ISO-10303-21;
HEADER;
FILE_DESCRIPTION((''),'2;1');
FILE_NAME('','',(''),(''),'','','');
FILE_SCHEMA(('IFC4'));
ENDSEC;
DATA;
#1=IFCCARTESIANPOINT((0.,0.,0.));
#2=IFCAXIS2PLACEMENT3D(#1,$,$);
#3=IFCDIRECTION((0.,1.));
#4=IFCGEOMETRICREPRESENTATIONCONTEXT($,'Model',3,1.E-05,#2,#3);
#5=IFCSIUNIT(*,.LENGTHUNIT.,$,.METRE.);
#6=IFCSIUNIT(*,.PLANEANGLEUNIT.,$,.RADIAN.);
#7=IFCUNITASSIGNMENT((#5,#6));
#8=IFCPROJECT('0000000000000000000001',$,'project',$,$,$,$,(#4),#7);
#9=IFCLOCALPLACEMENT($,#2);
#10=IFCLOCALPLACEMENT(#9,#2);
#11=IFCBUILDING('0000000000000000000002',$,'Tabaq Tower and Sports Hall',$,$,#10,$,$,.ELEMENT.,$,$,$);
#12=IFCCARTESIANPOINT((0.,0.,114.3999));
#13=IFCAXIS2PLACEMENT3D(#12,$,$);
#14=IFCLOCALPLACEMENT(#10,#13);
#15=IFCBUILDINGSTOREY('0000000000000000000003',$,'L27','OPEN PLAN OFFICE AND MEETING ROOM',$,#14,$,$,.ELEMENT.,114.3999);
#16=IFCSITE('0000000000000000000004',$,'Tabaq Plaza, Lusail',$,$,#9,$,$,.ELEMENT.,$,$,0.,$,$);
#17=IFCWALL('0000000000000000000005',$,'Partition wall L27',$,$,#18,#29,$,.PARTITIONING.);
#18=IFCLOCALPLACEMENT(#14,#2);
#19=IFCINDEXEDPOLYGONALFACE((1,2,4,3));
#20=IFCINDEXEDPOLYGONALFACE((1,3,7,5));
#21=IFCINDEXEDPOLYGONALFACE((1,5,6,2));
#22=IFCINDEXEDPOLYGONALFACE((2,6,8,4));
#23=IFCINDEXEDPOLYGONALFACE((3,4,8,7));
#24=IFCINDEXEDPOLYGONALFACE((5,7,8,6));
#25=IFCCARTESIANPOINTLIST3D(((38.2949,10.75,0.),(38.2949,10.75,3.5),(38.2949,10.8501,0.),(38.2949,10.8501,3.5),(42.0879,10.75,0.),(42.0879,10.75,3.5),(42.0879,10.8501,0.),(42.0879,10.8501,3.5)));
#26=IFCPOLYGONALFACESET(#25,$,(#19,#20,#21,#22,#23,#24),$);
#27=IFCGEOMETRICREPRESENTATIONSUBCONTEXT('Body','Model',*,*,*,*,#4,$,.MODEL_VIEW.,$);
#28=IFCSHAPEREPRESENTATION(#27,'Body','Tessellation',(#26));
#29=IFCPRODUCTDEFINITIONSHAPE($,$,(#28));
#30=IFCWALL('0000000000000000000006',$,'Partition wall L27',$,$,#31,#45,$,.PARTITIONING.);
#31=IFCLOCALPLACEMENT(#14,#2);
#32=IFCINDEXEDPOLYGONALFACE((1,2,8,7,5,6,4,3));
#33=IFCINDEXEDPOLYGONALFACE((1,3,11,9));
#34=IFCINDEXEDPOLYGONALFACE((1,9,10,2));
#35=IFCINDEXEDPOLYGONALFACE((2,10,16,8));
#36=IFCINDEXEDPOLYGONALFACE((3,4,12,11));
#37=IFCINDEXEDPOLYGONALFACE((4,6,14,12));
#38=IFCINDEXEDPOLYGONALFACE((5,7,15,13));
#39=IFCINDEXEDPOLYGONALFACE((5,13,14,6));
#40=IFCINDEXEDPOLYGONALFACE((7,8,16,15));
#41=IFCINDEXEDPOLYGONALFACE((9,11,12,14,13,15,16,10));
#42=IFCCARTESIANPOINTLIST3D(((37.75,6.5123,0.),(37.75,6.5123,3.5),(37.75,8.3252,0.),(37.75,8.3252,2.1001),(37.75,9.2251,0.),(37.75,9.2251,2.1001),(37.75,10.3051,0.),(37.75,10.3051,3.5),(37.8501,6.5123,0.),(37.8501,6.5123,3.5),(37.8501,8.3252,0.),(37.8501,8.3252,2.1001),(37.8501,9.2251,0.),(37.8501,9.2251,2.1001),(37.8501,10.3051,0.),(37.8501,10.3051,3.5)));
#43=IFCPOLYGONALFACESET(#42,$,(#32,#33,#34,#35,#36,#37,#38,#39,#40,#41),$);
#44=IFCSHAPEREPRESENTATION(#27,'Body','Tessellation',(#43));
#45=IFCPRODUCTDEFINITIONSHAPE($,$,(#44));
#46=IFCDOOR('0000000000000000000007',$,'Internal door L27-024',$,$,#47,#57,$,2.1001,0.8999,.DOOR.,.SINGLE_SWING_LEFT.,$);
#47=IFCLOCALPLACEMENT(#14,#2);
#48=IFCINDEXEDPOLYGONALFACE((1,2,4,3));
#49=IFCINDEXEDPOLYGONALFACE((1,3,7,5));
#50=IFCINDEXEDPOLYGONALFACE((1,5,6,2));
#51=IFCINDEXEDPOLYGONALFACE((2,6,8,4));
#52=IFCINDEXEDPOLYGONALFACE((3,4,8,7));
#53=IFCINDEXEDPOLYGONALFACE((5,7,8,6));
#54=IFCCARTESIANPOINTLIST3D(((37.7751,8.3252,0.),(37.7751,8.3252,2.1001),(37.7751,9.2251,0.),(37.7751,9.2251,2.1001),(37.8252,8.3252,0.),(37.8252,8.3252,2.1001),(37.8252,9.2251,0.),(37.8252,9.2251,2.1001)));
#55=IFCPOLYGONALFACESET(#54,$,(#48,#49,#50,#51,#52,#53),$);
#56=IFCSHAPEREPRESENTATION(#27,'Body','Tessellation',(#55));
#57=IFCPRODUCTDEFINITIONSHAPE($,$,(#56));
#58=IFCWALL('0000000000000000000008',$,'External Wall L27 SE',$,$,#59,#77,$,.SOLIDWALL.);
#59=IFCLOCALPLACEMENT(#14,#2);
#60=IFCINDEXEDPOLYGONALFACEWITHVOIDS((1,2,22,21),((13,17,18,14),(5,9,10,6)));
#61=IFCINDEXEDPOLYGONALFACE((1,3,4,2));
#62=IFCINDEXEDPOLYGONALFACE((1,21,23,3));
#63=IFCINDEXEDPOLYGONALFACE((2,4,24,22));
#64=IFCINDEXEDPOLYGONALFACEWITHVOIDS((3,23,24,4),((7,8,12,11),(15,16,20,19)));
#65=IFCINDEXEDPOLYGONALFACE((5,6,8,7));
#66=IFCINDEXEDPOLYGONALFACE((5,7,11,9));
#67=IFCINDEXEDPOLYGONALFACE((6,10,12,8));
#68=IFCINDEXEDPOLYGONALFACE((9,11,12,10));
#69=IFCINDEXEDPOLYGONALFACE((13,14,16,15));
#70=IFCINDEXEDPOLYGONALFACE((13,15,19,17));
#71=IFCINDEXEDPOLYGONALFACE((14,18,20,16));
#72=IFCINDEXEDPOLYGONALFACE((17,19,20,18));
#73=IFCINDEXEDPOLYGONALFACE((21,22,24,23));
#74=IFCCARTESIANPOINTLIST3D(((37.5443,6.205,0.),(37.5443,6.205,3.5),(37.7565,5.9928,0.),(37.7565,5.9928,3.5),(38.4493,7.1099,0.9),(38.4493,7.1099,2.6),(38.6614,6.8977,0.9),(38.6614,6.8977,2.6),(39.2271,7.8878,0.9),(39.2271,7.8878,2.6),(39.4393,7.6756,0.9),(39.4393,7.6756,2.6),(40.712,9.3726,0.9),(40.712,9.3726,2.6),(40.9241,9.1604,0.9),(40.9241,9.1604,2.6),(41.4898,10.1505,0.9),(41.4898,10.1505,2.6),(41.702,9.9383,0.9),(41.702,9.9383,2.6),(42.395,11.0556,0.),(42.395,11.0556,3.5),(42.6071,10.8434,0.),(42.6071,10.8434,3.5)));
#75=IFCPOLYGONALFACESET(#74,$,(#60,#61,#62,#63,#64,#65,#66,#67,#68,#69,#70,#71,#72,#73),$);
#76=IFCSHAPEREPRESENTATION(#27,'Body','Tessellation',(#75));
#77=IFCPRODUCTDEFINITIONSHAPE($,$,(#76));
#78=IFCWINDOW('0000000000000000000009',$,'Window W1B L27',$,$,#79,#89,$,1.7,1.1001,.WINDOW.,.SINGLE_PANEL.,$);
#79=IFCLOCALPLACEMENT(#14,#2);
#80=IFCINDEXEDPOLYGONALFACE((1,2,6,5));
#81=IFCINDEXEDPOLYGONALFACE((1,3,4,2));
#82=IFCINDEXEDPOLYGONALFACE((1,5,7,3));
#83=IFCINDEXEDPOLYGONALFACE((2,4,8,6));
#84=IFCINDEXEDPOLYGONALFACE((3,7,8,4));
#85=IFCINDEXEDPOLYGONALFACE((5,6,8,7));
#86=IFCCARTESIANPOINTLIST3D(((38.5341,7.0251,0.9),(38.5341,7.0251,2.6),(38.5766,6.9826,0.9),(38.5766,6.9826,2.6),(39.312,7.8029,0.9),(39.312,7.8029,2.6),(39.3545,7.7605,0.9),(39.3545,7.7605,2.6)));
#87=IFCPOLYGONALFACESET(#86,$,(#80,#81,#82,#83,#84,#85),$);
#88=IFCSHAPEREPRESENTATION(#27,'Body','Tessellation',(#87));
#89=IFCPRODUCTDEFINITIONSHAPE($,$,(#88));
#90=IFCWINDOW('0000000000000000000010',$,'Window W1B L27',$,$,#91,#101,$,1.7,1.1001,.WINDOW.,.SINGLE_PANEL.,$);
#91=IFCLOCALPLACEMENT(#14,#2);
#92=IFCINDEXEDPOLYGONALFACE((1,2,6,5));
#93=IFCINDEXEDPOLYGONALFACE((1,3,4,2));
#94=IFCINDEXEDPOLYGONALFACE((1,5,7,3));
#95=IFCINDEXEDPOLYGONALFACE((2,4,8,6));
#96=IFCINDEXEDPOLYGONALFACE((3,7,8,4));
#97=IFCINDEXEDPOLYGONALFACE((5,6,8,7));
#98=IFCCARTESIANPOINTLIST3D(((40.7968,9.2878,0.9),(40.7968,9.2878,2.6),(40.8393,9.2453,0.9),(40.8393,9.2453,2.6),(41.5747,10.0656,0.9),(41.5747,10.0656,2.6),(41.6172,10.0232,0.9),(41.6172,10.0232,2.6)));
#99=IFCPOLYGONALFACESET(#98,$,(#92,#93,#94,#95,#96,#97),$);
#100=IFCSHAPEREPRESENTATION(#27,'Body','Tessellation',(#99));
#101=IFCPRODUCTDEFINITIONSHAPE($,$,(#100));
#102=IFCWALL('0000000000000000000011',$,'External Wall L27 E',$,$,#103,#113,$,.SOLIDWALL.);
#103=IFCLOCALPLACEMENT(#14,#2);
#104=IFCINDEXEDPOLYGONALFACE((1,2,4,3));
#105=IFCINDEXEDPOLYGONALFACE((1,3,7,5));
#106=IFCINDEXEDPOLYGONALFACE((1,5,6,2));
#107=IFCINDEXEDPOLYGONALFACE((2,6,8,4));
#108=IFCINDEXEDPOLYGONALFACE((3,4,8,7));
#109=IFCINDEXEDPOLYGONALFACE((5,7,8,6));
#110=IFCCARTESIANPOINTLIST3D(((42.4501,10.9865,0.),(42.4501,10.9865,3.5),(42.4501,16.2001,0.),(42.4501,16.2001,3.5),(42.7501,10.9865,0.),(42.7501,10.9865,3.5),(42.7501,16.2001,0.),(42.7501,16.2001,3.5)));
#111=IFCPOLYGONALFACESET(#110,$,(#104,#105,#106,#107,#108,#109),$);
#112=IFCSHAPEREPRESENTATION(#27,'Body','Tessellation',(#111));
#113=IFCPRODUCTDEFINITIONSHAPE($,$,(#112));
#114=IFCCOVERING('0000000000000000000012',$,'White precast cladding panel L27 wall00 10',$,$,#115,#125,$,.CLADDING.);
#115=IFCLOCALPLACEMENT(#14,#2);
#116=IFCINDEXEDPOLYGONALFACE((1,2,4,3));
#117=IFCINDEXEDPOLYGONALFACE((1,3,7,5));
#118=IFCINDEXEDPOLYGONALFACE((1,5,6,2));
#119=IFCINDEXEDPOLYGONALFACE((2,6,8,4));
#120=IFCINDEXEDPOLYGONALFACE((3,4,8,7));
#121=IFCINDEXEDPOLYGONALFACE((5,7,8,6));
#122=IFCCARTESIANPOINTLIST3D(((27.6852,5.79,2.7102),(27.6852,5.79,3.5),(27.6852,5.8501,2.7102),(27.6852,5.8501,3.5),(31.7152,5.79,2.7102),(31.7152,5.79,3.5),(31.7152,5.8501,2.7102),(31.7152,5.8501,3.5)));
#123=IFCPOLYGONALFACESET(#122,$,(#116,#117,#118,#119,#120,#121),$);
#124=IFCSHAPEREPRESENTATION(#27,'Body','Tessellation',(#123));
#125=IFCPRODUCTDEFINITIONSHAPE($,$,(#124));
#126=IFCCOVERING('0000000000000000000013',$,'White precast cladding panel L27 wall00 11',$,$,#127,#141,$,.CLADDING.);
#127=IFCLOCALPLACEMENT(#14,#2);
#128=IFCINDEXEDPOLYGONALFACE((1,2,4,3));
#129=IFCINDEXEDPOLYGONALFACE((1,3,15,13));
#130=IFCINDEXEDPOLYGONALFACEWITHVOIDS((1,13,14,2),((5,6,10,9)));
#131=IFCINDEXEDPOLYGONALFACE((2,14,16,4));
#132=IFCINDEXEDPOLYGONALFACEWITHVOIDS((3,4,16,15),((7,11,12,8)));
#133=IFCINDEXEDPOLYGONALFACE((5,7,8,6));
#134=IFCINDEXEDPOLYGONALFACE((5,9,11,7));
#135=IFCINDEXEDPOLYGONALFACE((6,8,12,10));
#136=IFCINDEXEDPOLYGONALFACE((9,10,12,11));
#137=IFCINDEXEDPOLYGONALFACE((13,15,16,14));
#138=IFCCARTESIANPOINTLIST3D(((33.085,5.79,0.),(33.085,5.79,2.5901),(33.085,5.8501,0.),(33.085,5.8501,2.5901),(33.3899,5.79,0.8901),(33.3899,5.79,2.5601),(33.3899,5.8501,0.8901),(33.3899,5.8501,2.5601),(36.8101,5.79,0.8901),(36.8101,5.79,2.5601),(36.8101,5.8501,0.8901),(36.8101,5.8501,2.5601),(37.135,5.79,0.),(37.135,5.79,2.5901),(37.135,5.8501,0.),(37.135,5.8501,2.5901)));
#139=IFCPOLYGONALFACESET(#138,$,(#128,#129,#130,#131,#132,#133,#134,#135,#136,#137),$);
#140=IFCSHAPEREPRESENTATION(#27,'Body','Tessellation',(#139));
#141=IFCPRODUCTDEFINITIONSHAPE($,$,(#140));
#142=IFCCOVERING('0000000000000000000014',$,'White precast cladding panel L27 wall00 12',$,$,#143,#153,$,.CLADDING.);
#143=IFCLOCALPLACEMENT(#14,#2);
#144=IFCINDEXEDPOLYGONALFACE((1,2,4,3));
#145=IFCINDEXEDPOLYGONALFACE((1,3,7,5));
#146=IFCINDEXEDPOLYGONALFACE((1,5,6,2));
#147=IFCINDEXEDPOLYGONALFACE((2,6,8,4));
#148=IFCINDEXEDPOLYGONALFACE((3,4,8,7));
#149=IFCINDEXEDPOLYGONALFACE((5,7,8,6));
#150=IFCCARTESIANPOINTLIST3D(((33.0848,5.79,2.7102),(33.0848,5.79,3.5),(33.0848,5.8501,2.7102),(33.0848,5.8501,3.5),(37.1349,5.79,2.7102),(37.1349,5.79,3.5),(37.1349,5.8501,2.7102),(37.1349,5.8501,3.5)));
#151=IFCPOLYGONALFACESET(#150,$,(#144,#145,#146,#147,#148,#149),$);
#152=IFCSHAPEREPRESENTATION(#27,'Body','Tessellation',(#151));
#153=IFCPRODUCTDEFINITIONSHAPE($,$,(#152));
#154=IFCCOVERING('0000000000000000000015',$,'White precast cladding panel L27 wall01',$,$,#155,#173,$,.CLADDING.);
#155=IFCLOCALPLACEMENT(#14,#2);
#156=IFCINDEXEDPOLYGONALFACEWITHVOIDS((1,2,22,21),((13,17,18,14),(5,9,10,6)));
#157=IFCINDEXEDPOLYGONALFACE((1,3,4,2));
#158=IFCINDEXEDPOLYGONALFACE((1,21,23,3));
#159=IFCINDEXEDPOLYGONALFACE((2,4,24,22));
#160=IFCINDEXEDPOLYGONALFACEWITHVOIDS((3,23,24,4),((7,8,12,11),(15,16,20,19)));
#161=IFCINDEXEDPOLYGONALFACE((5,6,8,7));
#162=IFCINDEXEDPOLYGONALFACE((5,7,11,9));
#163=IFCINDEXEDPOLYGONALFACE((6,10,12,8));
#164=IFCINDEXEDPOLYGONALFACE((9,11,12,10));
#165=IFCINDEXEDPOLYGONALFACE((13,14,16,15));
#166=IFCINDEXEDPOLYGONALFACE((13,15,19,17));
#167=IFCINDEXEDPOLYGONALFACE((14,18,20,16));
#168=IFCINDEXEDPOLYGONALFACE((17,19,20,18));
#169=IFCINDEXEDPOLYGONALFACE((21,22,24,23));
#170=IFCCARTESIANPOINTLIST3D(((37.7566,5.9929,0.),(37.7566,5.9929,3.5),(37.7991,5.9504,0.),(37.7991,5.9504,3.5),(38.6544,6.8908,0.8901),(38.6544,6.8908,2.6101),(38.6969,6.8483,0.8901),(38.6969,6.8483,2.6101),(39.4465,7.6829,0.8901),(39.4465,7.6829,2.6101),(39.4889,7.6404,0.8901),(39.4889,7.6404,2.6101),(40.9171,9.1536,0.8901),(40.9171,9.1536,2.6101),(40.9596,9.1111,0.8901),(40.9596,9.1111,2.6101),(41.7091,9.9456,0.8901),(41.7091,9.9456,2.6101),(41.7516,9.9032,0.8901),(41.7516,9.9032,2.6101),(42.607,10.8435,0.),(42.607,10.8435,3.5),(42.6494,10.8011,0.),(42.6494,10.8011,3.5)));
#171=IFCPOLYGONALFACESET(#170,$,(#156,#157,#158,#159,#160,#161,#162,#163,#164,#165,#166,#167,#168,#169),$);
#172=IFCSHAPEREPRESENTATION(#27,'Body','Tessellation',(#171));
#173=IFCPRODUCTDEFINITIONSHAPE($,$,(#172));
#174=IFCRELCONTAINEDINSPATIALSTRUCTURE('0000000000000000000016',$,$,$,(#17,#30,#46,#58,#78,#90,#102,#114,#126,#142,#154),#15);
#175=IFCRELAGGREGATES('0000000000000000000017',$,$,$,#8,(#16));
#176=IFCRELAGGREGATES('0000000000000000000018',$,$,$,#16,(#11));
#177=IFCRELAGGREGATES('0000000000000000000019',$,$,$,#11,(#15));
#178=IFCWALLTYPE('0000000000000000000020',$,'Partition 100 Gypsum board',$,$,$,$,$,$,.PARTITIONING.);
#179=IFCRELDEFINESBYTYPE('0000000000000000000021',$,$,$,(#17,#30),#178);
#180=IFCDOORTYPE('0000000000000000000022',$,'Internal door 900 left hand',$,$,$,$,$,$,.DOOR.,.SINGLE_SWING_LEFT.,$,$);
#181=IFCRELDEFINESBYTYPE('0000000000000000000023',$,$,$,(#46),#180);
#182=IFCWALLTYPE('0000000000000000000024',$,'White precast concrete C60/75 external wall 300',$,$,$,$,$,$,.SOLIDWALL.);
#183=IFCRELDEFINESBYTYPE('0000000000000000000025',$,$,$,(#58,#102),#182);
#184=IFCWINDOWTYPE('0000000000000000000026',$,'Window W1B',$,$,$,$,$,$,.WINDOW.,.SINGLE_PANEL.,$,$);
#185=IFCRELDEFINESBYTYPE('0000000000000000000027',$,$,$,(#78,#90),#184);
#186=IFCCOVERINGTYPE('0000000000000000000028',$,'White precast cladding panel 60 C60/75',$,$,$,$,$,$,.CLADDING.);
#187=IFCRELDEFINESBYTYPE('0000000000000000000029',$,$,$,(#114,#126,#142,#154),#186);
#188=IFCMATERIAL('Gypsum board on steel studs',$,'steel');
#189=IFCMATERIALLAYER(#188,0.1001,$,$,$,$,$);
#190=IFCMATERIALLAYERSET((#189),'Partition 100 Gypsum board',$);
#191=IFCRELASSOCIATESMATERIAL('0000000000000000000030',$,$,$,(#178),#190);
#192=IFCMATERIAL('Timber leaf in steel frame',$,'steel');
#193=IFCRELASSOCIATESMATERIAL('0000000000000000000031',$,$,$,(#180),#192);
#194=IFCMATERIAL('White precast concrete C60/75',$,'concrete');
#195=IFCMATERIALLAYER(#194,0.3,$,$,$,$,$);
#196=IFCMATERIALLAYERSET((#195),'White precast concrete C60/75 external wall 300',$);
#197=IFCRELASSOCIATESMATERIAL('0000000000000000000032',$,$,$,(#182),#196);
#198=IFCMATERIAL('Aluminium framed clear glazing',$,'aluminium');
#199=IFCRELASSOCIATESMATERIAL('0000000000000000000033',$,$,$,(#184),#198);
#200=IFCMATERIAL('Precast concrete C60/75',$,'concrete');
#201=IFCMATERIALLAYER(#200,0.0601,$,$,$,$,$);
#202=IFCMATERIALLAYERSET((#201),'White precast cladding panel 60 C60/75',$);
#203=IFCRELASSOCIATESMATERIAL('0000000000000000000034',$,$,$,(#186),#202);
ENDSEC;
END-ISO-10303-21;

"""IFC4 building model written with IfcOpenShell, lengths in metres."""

from ifc_helpers import new_model, si_unit, direction, frame, frame_2d, origin, place, context, subcontext, project, spatial, polyline, rectangle, outline, extrude, material, layer, layer_set, type_object, element, fill, save


model = new_model("IFC4")

# Units and contexts
model_context = context("Model", 3, precision=1e-05, world=origin(), true_north=direction((0.0, 1.0)))
body_context = subcontext(model_context, "Body", "Model", "MODEL_VIEW")
ifc_project = project(units=[si_unit("LENGTHUNIT", "METRE"), si_unit("PLANEANGLEUNIT", "RADIAN")], contexts=[model_context])

# Site, building, storey
site_placement = place(None, origin())
site = spatial("IfcSite", under=ifc_project, at=site_placement, Name="Tabaq Plaza, Lusail", CompositionType="ELEMENT", RefElevation=0.0)
building_placement = place(site_placement, origin())
building = spatial("IfcBuilding", under=site, at=building_placement, Name="Tabaq Tower and Sports Hall", CompositionType="ELEMENT")
storey_placement = place(building_placement, frame((0.0, 0.0, 114.3999)))
storey = spatial("IfcBuildingStorey", under=building, at=storey_placement, Name="L27", Description="OPEN PLAN OFFICE AND MEETING ROOM", CompositionType="ELEMENT", Elevation=114.3999)

# Shared definitions
ifc_material_1 = material(Name="Gypsum board on steel studs", Category="steel")
ifc_layer_1 = layer(ifc_material_1, 0.1001)
ifc_layer_set_1 = layer_set([ifc_layer_1], Name="Partition 100 Gypsum board")
wall_type_1 = type_object("IfcWallType", Name="Partition 100 Gypsum board", PredefinedType="PARTITIONING", material=ifc_layer_set_1)

# Shared definitions
ifc_material_2 = material(Name="Timber leaf in steel frame", Category="steel")
door_type = type_object("IfcDoorType", Name="Internal door 900 left hand", OperationType="SINGLE_SWING_LEFT", PredefinedType="DOOR", material=ifc_material_2)

# Wall
wall_1_placement = place(storey_placement, frame((38.2949, 10.8, 0.0), z_axis=(0.0, 0.0, 1.0), x_axis=(1.0, 0.0, 0.0)))
element("IfcWall", 1, at=wall_1_placement, inside=storey, type_object=wall_type_1, Name="Partition wall L27", PredefinedType="PARTITIONING", context=body_context, shape_type="SweptSolid", body=[
    extrude(rectangle(XDim=3.793, YDim=0.1001, at=frame_2d((1.8965, 0.0))), origin(), (0.0, 0.0, 1.0), 3.5),
])

# Wall, opening, door
wall_2_placement = place(storey_placement, frame((37.8, 6.5122, 0.0), z_axis=(0.0, 0.0, 1.0), x_axis=(0.0, 1.0, 0.0)))
wall_2 = element("IfcWall", 2, at=wall_2_placement, inside=storey, type_object=wall_type_1, Name="Partition wall L27", PredefinedType="PARTITIONING", context=body_context, shape_type="SweptSolid", body=[
    extrude(rectangle(XDim=3.7927, YDim=0.1001, at=frame_2d((1.8965, 0.0))), origin(), (0.0, 0.0, 1.0), 3.5),
])
opening_1_placement = place(wall_2_placement, frame((1.813, 0.0, 0.0)))
opening_1 = element("IfcOpeningElement", 3, at=opening_1_placement, cuts=wall_2, PredefinedType="OPENING", context=body_context, shape_type="SweptSolid", body=[
    extrude(rectangle(XDim=0.8999, YDim=2.1001, at=frame_2d((0.45, 1.05))), frame((0.0, 0.05, 0.0), z_axis=(0.0, -1.0, 0.0), x_axis=(1.0, 0.0, 0.0)), (0.0, 0.0, 1.0), 0.1001),
])
door_1_placement = place(opening_1_placement, origin())
door_1 = element("IfcDoor", 4, at=door_1_placement, inside=storey, type_object=door_type, Name="Internal door L27-024", OperationType="SINGLE_SWING_LEFT", OverallHeight=2.1001, OverallWidth=0.8999, PredefinedType="DOOR", context=body_context, shape_type="SweptSolid", body=[
    extrude(rectangle(XDim=0.8999, YDim=2.1001, at=frame_2d((0.45, 1.05))), frame((0.0, 0.0249, 0.0), z_axis=(0.0, -1.0, 0.0), x_axis=(1.0, 0.0, 0.0)), (0.0, 0.0, 1.0), 0.05),
])
fill(opening_1, door_1)

# Wall, openings, windows
ifc_material_3 = material(Name="White precast concrete C60/75", Category="concrete")
ifc_layer_2 = layer(ifc_material_3, 0.3)
ifc_layer_set_2 = layer_set([ifc_layer_2], Name="White precast concrete C60/75 external wall 300")
wall_type_2 = type_object("IfcWallType", Name="White precast concrete C60/75 external wall 300", PredefinedType="SOLIDWALL", material=ifc_layer_set_2)
wall_3_placement = place(storey_placement, frame((37.6504, 6.0989, 0.0), z_axis=(0.0, 0.0, 1.0), x_axis=(0.707107, 0.707107, 0.0)))
wall_3 = element("IfcWall", 5, at=wall_3_placement, inside=storey, type_object=wall_type_2, Name="External Wall L27 SE", PredefinedType="SOLIDWALL", context=body_context, shape_type="SweptSolid", body=[
    extrude(rectangle(XDim=6.8599, YDim=0.3, at=frame_2d((3.4299, 0.0))), origin(), (0.0, 0.0, 1.0), 3.5),
])
opening_2_placement = place(wall_3_placement, frame((1.2798, 0.0, 0.8999)))
opening_2 = element("IfcOpeningElement", 6, at=opening_2_placement, cuts=wall_3, PredefinedType="OPENING", context=body_context, shape_type="SweptSolid", body=[
    extrude(rectangle(XDim=1.1001, YDim=1.7, at=frame_2d((0.55, 0.8501))), frame((0.0, 0.1602, 0.0), z_axis=(0.0, -1.0, 0.0), x_axis=(1.0, 0.0, 0.0)), (0.0, 0.0, 1.0), 0.3201),
])
opening_3_placement = place(wall_3_placement, frame((4.4797, 0.0, 0.8999)))
opening_3 = element("IfcOpeningElement", 7, at=opening_3_placement, cuts=wall_3, PredefinedType="OPENING", context=body_context, shape_type="SweptSolid", body=[
    extrude(rectangle(XDim=1.1001, YDim=1.7, at=frame_2d((0.55, 0.8501))), frame((0.0, 0.1602, 0.0), z_axis=(0.0, -1.0, 0.0), x_axis=(1.0, 0.0, 0.0)), (0.0, 0.0, 1.0), 0.3201),
])
ifc_material_4 = material(Name="Aluminium framed clear glazing", Category="aluminium")
window_type = type_object("IfcWindowType", Name="Window W1B", PartitioningType="SINGLE_PANEL", PredefinedType="WINDOW", material=ifc_material_4)
window_1_placement = place(opening_2_placement, origin())
window_1 = element("IfcWindow", 8, at=window_1_placement, inside=storey, type_object=window_type, Name="Window W1B L27", OverallHeight=1.7, OverallWidth=1.1001, PartitioningType="SINGLE_PANEL", PredefinedType="WINDOW", context=body_context, shape_type="SweptSolid", body=[
    extrude(rectangle(XDim=1.1001, YDim=1.7, at=frame_2d((0.55, 0.8501))), frame((0.0, 0.03, 0.0), z_axis=(0.0, -1.0, 0.0), x_axis=(1.0, 0.0, 0.0)), (0.0, 0.0, 1.0), 0.0601),
])
fill(opening_2, window_1)
window_2_placement = place(opening_3_placement, origin())
window_2 = element("IfcWindow", 9, at=window_2_placement, inside=storey, type_object=window_type, Name="Window W1B L27", OverallHeight=1.7, OverallWidth=1.1001, PartitioningType="SINGLE_PANEL", PredefinedType="WINDOW", context=body_context, shape_type="SweptSolid", body=[
    extrude(rectangle(XDim=1.1001, YDim=1.7, at=frame_2d((0.55, 0.8501))), frame((0.0, 0.03, 0.0), z_axis=(0.0, -1.0, 0.0), x_axis=(1.0, 0.0, 0.0)), (0.0, 0.0, 1.0), 0.0601),
])
fill(opening_3, window_2)

# Wall
wall_4_placement = place(storey_placement, frame((42.6001, 10.9863, 0.0), z_axis=(0.0, 0.0, 1.0), x_axis=(0.0, 1.0, 0.0)))
element("IfcWall", 10, at=wall_4_placement, inside=storey, type_object=wall_type_2, Name="External Wall L27 E", PredefinedType="SOLIDWALL", context=body_context, shape_type="SweptSolid", body=[
    extrude(rectangle(XDim=5.2136, YDim=0.3, at=frame_2d((2.6069, 0.0))), origin(), (0.0, 0.0, 1.0), 3.5),
])

# Coverings
ifc_material_5 = material(Name="Precast concrete C60/75", Category="concrete")
ifc_layer_3 = layer(ifc_material_5, 0.0601)
ifc_layer_set_3 = layer_set([ifc_layer_3], Name="White precast cladding panel 60 C60/75")
covering_type = type_object("IfcCoveringType", Name="White precast cladding panel 60 C60/75", PredefinedType="CLADDING", material=ifc_layer_set_3)
covering_1_placement = place(storey_placement, frame((27.6851, 5.8201, 2.7102), z_axis=(0.0, 0.0, 1.0), x_axis=(1.0, 0.0, 0.0)))
element("IfcCovering", 11, at=covering_1_placement, inside=storey, type_object=covering_type, Name="White precast cladding panel L27 wall00 10", PredefinedType="CLADDING", context=body_context, shape_type="SweptSolid", body=[
    extrude(rectangle(XDim=4.03, YDim=0.0601, at=frame_2d((2.0151, 0.0))), origin(), (0.0, 0.0, 1.0), 0.7898),
])
covering_2_placement = place(storey_placement, frame((33.085, 5.8201, 0.0), z_axis=(0.0, 0.0, 1.0), x_axis=(1.0, 0.0, 0.0)))
element("IfcCovering", 12, at=covering_2_placement, inside=storey, type_object=covering_type, Name="White precast cladding panel L27 wall00 11", PredefinedType="CLADDING", context=body_context, shape_type="SweptSolid", body=[
    extrude(outline(polyline([(0.0, 0.0), (4.05, 0.0), (4.05, 2.5901), (0.0, 2.5901), (0.0, 0.0)]), holes=[polyline([(3.7251, 0.8901), (0.3049, 0.8901), (0.3049, 2.5601), (3.7251, 2.5601), (3.7251, 0.8901)])]), frame((0.0, 0.03, 0.0), z_axis=(0.0, -1.0, 0.0), x_axis=(1.0, 0.0, 0.0)), (0.0, 0.0, 1.0), 0.0601),
])
covering_3_placement = place(storey_placement, frame((33.085, 5.8201, 2.7102), z_axis=(0.0, 0.0, 1.0), x_axis=(1.0, 0.0, 0.0)))
element("IfcCovering", 13, at=covering_3_placement, inside=storey, type_object=covering_type, Name="White precast cladding panel L27 wall00 12", PredefinedType="CLADDING", context=body_context, shape_type="SweptSolid", body=[
    extrude(rectangle(XDim=4.05, YDim=0.0601, at=frame_2d((2.0249, 0.0))), origin(), (0.0, 0.0, 1.0), 0.7898),
])
covering_4_placement = place(storey_placement, frame((37.7778, 5.9717, 0.0), z_axis=(0.0, 0.0, 1.0), x_axis=(0.707089, 0.707125, 0.0)))
element("IfcCovering", 14, at=covering_4_placement, inside=storey, type_object=covering_type, Name="White precast cladding panel L27 wall01", PredefinedType="CLADDING", context=body_context, shape_type="SweptSolid", body=[
    extrude(outline(polyline([(0.0, 0.0), (6.8596, 0.0), (6.8596, 3.5), (0.0, 3.5), (0.0, 0.0)]), holes=[polyline([(1.2698, 2.6101), (2.3899, 2.6101), (2.3899, 0.8901), (1.2698, 0.8901), (1.2698, 2.6101)]), polyline([(4.4697, 2.6101), (5.5898, 2.6101), (5.5898, 0.8901), (4.4697, 0.8901), (4.4697, 2.6101)])]), frame((0.0, 0.03, 0.0), z_axis=(0.0, -1.0, 0.0), x_axis=(1.0, 0.0, 0.0)), (0.0, 0.0, 1.0), 0.0601),
])

save(model, "model.ifc")
